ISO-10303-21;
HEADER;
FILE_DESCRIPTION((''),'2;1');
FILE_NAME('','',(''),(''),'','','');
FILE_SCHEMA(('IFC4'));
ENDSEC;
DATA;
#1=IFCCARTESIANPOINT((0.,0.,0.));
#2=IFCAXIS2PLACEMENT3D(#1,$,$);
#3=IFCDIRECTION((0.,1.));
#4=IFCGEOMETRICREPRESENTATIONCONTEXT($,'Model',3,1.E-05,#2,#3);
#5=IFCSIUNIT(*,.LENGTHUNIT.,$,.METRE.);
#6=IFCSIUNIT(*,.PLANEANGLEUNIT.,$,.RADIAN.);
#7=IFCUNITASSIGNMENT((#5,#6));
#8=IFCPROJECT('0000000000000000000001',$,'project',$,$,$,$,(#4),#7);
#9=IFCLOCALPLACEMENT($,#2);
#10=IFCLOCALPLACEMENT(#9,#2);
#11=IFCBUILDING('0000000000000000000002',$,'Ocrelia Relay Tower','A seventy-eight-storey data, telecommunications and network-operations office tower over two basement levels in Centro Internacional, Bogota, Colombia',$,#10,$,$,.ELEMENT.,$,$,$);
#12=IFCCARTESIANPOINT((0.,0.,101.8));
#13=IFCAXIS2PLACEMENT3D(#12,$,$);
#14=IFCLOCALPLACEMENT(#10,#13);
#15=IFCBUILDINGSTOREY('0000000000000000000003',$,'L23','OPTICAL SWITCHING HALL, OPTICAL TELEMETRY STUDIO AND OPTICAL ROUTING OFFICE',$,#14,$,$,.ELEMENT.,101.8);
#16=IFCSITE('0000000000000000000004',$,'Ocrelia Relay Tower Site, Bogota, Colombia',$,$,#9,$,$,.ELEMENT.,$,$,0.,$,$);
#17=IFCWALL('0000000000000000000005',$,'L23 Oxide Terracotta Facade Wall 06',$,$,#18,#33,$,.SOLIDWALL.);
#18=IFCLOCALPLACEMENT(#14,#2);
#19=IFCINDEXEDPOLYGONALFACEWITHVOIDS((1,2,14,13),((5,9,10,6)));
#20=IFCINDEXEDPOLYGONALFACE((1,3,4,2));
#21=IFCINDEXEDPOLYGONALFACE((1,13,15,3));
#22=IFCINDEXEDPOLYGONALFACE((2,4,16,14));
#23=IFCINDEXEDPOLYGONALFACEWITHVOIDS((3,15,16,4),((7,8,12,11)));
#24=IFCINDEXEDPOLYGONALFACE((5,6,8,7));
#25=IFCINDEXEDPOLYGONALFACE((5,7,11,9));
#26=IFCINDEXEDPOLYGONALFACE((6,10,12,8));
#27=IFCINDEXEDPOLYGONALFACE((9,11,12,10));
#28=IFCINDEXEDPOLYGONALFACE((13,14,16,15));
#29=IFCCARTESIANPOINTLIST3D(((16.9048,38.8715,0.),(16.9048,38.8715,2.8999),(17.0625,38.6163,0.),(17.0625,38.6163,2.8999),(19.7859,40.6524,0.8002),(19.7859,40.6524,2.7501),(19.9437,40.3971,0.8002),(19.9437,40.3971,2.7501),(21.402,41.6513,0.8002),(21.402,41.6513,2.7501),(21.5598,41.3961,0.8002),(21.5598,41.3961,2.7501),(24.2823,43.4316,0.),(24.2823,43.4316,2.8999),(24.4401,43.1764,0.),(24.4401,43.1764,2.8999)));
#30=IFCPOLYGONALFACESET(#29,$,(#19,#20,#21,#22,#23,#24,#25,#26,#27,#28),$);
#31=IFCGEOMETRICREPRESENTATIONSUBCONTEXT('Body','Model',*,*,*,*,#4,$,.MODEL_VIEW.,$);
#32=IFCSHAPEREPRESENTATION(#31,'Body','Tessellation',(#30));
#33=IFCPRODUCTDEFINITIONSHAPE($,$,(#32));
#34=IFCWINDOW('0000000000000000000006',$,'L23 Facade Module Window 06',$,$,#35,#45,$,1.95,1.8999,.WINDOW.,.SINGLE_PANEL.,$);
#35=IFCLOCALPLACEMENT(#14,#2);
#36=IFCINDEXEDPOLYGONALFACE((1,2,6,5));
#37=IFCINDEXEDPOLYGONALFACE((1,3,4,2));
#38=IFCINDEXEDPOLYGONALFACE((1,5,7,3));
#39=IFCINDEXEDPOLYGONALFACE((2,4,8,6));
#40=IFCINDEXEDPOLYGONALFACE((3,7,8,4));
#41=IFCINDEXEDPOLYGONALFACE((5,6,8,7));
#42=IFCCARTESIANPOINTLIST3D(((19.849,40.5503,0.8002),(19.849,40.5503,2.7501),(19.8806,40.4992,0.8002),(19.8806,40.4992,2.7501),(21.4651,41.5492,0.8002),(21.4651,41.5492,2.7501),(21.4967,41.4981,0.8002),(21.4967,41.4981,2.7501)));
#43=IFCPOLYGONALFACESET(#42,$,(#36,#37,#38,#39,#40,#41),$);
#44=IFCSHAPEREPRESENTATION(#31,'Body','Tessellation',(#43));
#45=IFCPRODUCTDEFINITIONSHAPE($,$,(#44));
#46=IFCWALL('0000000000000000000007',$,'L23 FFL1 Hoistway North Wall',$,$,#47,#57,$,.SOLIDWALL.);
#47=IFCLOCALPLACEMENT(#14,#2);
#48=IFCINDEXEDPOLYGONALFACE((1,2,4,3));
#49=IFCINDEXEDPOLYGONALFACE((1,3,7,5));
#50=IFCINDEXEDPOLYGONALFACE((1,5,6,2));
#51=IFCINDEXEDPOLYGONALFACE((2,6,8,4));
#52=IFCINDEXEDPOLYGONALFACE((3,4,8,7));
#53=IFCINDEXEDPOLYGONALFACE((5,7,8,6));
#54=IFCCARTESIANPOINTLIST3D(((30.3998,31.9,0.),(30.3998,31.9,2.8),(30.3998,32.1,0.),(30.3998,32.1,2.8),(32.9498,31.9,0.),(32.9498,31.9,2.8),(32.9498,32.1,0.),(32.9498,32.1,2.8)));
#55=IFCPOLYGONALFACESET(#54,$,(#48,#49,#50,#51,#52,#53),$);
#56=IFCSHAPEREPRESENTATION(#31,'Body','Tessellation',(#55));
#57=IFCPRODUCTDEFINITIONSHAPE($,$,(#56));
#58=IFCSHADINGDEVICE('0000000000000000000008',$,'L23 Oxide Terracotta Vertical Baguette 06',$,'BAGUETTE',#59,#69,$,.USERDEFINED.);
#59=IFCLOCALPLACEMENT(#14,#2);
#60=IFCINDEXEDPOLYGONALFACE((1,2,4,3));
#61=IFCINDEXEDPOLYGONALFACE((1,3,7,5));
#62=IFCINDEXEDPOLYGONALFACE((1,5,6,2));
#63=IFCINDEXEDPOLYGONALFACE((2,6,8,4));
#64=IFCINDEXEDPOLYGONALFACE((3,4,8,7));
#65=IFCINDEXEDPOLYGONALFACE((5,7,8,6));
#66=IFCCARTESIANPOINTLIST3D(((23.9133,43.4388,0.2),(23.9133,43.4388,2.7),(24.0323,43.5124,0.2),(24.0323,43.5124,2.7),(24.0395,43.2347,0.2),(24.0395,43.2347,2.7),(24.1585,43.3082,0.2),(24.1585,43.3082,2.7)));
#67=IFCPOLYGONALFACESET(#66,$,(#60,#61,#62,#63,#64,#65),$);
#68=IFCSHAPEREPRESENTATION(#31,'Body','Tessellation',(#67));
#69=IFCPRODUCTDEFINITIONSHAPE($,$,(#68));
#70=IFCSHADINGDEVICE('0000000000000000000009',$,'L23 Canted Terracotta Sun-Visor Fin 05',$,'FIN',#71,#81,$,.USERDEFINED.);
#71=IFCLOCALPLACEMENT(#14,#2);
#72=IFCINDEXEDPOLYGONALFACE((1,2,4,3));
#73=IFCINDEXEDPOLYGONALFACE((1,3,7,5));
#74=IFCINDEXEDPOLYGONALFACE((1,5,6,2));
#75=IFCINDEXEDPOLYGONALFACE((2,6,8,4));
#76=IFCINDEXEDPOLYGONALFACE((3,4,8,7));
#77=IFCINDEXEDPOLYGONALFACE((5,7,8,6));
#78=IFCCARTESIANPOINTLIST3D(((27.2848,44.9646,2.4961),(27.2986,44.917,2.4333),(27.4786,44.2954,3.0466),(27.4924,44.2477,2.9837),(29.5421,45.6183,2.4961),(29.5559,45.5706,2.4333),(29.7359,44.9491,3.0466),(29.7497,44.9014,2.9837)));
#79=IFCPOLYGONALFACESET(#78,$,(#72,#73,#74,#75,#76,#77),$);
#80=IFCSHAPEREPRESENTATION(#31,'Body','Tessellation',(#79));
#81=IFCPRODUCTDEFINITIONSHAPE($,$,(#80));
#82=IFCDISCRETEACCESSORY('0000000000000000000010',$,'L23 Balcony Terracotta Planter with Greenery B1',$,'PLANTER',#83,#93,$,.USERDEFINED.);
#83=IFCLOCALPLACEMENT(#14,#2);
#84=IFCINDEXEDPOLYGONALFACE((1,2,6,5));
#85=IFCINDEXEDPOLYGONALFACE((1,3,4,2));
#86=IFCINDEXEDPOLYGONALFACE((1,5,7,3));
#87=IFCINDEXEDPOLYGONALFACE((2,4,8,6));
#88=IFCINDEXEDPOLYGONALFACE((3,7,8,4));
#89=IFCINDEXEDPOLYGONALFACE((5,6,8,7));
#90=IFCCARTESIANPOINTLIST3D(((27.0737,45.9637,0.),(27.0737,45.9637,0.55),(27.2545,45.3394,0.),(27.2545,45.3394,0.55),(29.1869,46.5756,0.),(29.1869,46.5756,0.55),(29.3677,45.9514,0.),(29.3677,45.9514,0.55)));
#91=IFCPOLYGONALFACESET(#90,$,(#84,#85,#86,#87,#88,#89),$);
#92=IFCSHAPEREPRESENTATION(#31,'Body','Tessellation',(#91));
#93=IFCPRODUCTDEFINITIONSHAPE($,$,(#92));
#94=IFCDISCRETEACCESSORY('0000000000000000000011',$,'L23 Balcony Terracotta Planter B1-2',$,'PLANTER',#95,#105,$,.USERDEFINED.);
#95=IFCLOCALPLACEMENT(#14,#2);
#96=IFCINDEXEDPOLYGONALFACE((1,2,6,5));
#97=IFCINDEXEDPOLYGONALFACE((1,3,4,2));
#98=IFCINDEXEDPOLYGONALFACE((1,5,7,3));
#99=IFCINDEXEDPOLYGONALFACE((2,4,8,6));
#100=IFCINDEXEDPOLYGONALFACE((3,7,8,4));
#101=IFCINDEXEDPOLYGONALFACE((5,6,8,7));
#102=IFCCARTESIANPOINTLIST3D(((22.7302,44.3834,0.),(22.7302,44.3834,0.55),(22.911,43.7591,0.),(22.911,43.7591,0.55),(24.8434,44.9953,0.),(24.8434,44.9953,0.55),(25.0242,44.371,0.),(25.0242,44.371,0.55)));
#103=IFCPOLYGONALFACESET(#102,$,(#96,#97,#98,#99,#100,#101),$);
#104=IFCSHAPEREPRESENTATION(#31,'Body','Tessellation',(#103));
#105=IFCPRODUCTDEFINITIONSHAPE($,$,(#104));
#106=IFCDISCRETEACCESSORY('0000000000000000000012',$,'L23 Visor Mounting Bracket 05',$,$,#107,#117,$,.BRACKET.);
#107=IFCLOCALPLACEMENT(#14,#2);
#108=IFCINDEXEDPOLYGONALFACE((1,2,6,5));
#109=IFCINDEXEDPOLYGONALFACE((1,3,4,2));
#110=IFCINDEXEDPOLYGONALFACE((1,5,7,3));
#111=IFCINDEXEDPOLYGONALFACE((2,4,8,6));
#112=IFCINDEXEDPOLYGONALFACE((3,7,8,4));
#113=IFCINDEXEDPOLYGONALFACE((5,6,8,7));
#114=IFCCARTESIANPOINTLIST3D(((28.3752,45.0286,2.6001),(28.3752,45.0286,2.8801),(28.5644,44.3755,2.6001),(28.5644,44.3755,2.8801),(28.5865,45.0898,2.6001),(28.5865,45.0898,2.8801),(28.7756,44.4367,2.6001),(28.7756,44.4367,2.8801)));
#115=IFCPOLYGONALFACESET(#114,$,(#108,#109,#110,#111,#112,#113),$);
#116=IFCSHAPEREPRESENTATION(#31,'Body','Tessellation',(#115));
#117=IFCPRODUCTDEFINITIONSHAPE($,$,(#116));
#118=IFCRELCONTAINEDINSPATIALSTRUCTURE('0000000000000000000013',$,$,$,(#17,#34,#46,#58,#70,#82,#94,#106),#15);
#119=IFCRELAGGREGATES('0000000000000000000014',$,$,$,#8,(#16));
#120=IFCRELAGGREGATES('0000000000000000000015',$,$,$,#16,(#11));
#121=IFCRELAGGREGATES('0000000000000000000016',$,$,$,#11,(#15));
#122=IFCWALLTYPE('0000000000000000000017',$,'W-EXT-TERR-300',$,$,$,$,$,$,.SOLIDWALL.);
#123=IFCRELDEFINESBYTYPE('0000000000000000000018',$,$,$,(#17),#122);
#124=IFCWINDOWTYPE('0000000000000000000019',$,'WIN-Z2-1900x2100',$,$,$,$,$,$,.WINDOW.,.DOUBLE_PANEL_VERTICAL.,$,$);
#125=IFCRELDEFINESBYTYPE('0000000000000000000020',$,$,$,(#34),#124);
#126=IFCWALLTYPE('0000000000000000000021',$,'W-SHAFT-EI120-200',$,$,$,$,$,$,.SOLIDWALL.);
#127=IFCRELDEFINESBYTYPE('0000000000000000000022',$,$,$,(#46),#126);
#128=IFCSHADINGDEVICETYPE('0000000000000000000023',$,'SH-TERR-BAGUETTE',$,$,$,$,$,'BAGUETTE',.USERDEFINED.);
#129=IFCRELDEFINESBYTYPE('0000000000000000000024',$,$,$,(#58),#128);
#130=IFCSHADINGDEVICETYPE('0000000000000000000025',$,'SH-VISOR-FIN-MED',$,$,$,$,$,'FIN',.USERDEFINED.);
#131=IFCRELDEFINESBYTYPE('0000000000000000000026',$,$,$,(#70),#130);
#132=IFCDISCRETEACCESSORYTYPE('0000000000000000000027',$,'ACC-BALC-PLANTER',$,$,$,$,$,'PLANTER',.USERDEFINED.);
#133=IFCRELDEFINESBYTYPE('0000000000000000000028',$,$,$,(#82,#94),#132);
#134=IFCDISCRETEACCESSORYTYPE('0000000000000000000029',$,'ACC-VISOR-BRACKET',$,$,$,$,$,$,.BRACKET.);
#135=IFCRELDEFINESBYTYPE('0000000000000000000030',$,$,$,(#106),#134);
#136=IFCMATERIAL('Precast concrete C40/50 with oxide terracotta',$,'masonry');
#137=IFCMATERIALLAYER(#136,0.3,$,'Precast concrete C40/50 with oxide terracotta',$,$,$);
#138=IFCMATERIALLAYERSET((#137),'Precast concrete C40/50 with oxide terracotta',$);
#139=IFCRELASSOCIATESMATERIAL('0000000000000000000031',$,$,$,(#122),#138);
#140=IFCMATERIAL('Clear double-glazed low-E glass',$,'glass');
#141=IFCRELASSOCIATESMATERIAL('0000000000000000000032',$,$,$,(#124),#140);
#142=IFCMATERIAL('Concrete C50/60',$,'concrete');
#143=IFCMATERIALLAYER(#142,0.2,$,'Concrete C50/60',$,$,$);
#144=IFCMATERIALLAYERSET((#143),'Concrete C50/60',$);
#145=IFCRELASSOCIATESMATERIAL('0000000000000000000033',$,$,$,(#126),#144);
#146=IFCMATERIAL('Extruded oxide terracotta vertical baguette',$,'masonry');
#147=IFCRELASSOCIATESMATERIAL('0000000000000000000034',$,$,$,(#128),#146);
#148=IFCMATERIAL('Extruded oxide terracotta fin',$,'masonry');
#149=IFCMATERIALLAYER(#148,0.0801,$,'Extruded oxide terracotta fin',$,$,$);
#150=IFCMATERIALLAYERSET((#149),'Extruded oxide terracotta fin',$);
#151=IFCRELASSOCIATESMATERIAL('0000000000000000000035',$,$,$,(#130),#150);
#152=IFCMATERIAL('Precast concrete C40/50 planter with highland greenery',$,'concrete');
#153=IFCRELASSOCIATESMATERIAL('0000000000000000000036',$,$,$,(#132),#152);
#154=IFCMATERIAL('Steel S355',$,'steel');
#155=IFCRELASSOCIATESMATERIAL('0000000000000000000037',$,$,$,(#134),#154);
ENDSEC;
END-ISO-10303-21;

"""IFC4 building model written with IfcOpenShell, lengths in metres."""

from ifc_helpers import new_model, si_unit, direction, frame, frame_2d, origin, origin_2d, place, context, subcontext, project, spatial, rectangle, extrude, material, layer, layer_set, type_object, element, fill, save


model = new_model("IFC4")

# Units and contexts
model_context = context("Model", 3, precision=1e-05, world=origin(), true_north=direction((0.0, 1.0)))
body_context = subcontext(model_context, "Body", "Model", "MODEL_VIEW")
ifc_project = project(units=[si_unit("LENGTHUNIT", "METRE"), si_unit("PLANEANGLEUNIT", "RADIAN")], contexts=[model_context])

# Site, building, storey
site_placement = place(None, origin())
site = spatial("IfcSite", under=ifc_project, at=site_placement, Name="Ocrelia Relay Tower Site, Bogota, Colombia", CompositionType="ELEMENT", RefElevation=0.0)
building_placement = place(site_placement, origin())
building = spatial("IfcBuilding", under=site, at=building_placement, Name="Ocrelia Relay Tower", Description="A seventy-eight-storey data, telecommunications and network-operations office tower over two basement levels in Centro Internacional, Bogota, Colombia", CompositionType="ELEMENT")
storey_placement = place(building_placement, frame((0.0, 0.0, 101.8)))
storey = spatial("IfcBuildingStorey", under=building, at=storey_placement, Name="L23", Description="OPTICAL SWITCHING HALL, OPTICAL TELEMETRY STUDIO AND OPTICAL ROUTING OFFICE", CompositionType="ELEMENT", Elevation=101.8)

# Shared definitions
ifc_material_1 = material(Name="Steel S355", Category="steel")

# Wall, opening, window
ifc_material_2 = material(Name="Precast concrete C40/50 with oxide terracotta", Category="masonry")
ifc_layer_1 = layer(ifc_material_2, 0.3, Name="Precast concrete C40/50 with oxide terracotta")
ifc_layer_set_1 = layer_set([ifc_layer_1], Name="Precast concrete C40/50 with oxide terracotta")
wall_type_1 = type_object("IfcWallType", Name="W-EXT-TERR-300", PredefinedType="SOLIDWALL", material=ifc_layer_set_1)
wall_1_placement = place(storey_placement, frame((24.3611, 43.304, 0.0), z_axis=(0.0, 0.0, 1.0), x_axis=(-0.850622, -0.525777, 0.0)))
wall_1 = element("IfcWall", 1, at=wall_1_placement, inside=storey, type_object=wall_type_1, Name="L23 Oxide Terracotta Facade Wall 06", PredefinedType="SOLIDWALL", context=body_context, shape_type="SweptSolid", body=[
    extrude(rectangle(XDim=8.6731, YDim=0.3, at=frame_2d((4.3364, 0.0))), origin(), (0.0, 0.0, 1.0), 2.8999),
])
opening_1_placement = place(wall_1_placement, frame((3.386, 0.0, 0.8)))
opening_1 = element("IfcOpeningElement", 2, at=opening_1_placement, cuts=wall_1, PredefinedType="OPENING", context=body_context, shape_type="SweptSolid", body=[
    extrude(rectangle(XDim=1.8999, YDim=1.95, at=frame_2d((0.95, 0.9751))), frame((0.0, 0.1602, 0.0), z_axis=(0.0, -1.0, 0.0), x_axis=(1.0, 0.0, 0.0)), (0.0, 0.0, 1.0), 0.3201),
])
ifc_material_3 = material(Name="Clear double-glazed low-E glass", Category="glass")
window_type = type_object("IfcWindowType", Name="WIN-Z2-1900x2100", PartitioningType="DOUBLE_PANEL_VERTICAL", PredefinedType="WINDOW", material=ifc_material_3)
window_placement = place(opening_1_placement, origin())
window = element("IfcWindow", 3, at=window_placement, inside=storey, type_object=window_type, Name="L23 Facade Module Window 06", OverallHeight=1.95, OverallWidth=1.8999, PartitioningType="SINGLE_PANEL", PredefinedType="WINDOW", context=body_context, shape_type="SweptSolid", body=[
    extrude(rectangle(XDim=1.8999, YDim=1.95, at=frame_2d((0.95, 0.9751))), frame((0.0, 0.03, 0.0), z_axis=(0.0, -1.0, 0.0), x_axis=(1.0, 0.0, 0.0)), (0.0, 0.0, 1.0), 0.0601),
])
fill(opening_1, window)

# Shared definitions
ifc_material_4 = material(Name="Concrete C50/60", Category="concrete")

# Wall
ifc_layer_2 = layer(ifc_material_4, 0.2, Name="Concrete C50/60")
ifc_layer_set_2 = layer_set([ifc_layer_2], Name="Concrete C50/60")
wall_type_2 = type_object("IfcWallType", Name="W-SHAFT-EI120-200", PredefinedType="SOLIDWALL", material=ifc_layer_set_2)
wall_2_placement = place(storey_placement, frame((30.3999, 32.0, 0.0), z_axis=(0.0, 0.0, 1.0), x_axis=(1.0, 0.0, 0.0)))
element("IfcWall", 4, at=wall_2_placement, inside=storey, type_object=wall_type_2, Name="L23 FFL1 Hoistway North Wall", PredefinedType="SOLIDWALL", context=body_context, shape_type="SweptSolid", body=[
    extrude(rectangle(XDim=2.55, YDim=0.2, at=frame_2d((1.2749, 0.0))), origin(), (0.0, 0.0, 1.0), 2.8),
])

# Shading devices
ifc_material_5 = material(Name="Extruded oxide terracotta vertical baguette", Category="masonry")
shading_device_type_1 = type_object("IfcShadingDeviceType", Name="SH-TERR-BAGUETTE", ElementType="BAGUETTE", PredefinedType="USERDEFINED", material=ifc_material_5)
shading_device_1_placement = place(storey_placement, frame((24.0359, 43.3735, 0.2), z_axis=(0.0, 0.0, 1.0), x_axis=(-0.850619, -0.525783, 0.0)))
element("IfcShadingDevice", 5, at=shading_device_1_placement, inside=storey, type_object=shading_device_type_1, Name="L23 Oxide Terracotta Vertical Baguette 06", ObjectType="BAGUETTE", PredefinedType="USERDEFINED", context=body_context, shape_type="SweptSolid", body=[
    extrude(rectangle(XDim=0.1399, YDim=0.24, at=origin_2d()), origin(), (0.0, 0.0, 1.0), 2.5),
])
ifc_material_6 = material(Name="Extruded oxide terracotta fin", Category="masonry")
ifc_layer_3 = layer(ifc_material_6, 0.0801, Name="Extruded oxide terracotta fin")
ifc_layer_set_3 = layer_set([ifc_layer_3], Name="Extruded oxide terracotta fin")
shading_device_type_2 = type_object("IfcShadingDeviceType", Name="SH-VISOR-FIN-MED", ElementType="FIN", PredefinedType="USERDEFINED", material=ifc_layer_set_3)
shading_device_2_placement = place(storey_placement, frame((28.5242, 44.9092, 2.7085), z_axis=(-0.172432, 0.595452, 0.784668), x_axis=(-0.960537, -0.278154, 0.0)))
element("IfcShadingDevice", 6, at=shading_device_2_placement, inside=storey, type_object=shading_device_type_2, Name="L23 Canted Terracotta Sun-Visor Fin 05", ObjectType="FIN", PredefinedType="USERDEFINED", context=body_context, shape_type="SweptSolid", body=[
    extrude(rectangle(XDim=2.3501, YDim=0.8879, at=origin_2d()), origin(), (0.0, 0.0, 1.0), 0.0801),
])

# Discrete accessories
ifc_material_7 = material(Name="Precast concrete C40/50 planter with highland greenery", Category="concrete")
discrete_accessory_type_1 = type_object("IfcDiscreteAccessoryType", Name="ACC-BALC-PLANTER", ElementType="PLANTER", PredefinedType="USERDEFINED", material=ifc_material_7)
for number, where, z_axis, x_axis, name in (
    (7, (28.2207, 45.9575, 0.0), (0.0, 0.0, 1.0), (0.960535, 0.278159, 0.0), "L23 Balcony Terracotta Planter with Greenery B1"),
    (8, (23.8772, 44.3772, 0.0), (0.0, 0.0, 1.0), (0.960535, 0.278159, 0.0), "L23 Balcony Terracotta Planter B1-2"),
):
    element("IfcDiscreteAccessory", number, at=place(storey_placement, frame(where, z_axis=z_axis, x_axis=x_axis)), inside=storey, type_object=discrete_accessory_type_1, Name=name, ObjectType="PLANTER", PredefinedType="USERDEFINED", context=body_context, shape_type="SweptSolid", body=[
        extrude(rectangle(XDim=2.2, YDim=0.6499, at=origin_2d()), origin(), (0.0, 0.0, 1.0), 0.55),
    ])
discrete_accessory_type_2 = type_object("IfcDiscreteAccessoryType", Name="ACC-VISOR-BRACKET", PredefinedType="BRACKET", material=ifc_material_1)
discrete_accessory_placement = place(storey_placement, frame((28.5754, 44.7327, 2.6001), z_axis=(0.0, 0.0, 1.0), x_axis=(-0.960537, -0.278154, 0.0)))
element("IfcDiscreteAccessory", 9, at=discrete_accessory_placement, inside=storey, type_object=discrete_accessory_type_2, Name="L23 Visor Mounting Bracket 05", PredefinedType="BRACKET", context=body_context, shape_type="SweptSolid", body=[
    extrude(rectangle(XDim=0.22, YDim=0.6799, at=origin_2d()), origin(), (0.0, 0.0, 1.0), 0.28),
])

save(model, "model.ifc")
